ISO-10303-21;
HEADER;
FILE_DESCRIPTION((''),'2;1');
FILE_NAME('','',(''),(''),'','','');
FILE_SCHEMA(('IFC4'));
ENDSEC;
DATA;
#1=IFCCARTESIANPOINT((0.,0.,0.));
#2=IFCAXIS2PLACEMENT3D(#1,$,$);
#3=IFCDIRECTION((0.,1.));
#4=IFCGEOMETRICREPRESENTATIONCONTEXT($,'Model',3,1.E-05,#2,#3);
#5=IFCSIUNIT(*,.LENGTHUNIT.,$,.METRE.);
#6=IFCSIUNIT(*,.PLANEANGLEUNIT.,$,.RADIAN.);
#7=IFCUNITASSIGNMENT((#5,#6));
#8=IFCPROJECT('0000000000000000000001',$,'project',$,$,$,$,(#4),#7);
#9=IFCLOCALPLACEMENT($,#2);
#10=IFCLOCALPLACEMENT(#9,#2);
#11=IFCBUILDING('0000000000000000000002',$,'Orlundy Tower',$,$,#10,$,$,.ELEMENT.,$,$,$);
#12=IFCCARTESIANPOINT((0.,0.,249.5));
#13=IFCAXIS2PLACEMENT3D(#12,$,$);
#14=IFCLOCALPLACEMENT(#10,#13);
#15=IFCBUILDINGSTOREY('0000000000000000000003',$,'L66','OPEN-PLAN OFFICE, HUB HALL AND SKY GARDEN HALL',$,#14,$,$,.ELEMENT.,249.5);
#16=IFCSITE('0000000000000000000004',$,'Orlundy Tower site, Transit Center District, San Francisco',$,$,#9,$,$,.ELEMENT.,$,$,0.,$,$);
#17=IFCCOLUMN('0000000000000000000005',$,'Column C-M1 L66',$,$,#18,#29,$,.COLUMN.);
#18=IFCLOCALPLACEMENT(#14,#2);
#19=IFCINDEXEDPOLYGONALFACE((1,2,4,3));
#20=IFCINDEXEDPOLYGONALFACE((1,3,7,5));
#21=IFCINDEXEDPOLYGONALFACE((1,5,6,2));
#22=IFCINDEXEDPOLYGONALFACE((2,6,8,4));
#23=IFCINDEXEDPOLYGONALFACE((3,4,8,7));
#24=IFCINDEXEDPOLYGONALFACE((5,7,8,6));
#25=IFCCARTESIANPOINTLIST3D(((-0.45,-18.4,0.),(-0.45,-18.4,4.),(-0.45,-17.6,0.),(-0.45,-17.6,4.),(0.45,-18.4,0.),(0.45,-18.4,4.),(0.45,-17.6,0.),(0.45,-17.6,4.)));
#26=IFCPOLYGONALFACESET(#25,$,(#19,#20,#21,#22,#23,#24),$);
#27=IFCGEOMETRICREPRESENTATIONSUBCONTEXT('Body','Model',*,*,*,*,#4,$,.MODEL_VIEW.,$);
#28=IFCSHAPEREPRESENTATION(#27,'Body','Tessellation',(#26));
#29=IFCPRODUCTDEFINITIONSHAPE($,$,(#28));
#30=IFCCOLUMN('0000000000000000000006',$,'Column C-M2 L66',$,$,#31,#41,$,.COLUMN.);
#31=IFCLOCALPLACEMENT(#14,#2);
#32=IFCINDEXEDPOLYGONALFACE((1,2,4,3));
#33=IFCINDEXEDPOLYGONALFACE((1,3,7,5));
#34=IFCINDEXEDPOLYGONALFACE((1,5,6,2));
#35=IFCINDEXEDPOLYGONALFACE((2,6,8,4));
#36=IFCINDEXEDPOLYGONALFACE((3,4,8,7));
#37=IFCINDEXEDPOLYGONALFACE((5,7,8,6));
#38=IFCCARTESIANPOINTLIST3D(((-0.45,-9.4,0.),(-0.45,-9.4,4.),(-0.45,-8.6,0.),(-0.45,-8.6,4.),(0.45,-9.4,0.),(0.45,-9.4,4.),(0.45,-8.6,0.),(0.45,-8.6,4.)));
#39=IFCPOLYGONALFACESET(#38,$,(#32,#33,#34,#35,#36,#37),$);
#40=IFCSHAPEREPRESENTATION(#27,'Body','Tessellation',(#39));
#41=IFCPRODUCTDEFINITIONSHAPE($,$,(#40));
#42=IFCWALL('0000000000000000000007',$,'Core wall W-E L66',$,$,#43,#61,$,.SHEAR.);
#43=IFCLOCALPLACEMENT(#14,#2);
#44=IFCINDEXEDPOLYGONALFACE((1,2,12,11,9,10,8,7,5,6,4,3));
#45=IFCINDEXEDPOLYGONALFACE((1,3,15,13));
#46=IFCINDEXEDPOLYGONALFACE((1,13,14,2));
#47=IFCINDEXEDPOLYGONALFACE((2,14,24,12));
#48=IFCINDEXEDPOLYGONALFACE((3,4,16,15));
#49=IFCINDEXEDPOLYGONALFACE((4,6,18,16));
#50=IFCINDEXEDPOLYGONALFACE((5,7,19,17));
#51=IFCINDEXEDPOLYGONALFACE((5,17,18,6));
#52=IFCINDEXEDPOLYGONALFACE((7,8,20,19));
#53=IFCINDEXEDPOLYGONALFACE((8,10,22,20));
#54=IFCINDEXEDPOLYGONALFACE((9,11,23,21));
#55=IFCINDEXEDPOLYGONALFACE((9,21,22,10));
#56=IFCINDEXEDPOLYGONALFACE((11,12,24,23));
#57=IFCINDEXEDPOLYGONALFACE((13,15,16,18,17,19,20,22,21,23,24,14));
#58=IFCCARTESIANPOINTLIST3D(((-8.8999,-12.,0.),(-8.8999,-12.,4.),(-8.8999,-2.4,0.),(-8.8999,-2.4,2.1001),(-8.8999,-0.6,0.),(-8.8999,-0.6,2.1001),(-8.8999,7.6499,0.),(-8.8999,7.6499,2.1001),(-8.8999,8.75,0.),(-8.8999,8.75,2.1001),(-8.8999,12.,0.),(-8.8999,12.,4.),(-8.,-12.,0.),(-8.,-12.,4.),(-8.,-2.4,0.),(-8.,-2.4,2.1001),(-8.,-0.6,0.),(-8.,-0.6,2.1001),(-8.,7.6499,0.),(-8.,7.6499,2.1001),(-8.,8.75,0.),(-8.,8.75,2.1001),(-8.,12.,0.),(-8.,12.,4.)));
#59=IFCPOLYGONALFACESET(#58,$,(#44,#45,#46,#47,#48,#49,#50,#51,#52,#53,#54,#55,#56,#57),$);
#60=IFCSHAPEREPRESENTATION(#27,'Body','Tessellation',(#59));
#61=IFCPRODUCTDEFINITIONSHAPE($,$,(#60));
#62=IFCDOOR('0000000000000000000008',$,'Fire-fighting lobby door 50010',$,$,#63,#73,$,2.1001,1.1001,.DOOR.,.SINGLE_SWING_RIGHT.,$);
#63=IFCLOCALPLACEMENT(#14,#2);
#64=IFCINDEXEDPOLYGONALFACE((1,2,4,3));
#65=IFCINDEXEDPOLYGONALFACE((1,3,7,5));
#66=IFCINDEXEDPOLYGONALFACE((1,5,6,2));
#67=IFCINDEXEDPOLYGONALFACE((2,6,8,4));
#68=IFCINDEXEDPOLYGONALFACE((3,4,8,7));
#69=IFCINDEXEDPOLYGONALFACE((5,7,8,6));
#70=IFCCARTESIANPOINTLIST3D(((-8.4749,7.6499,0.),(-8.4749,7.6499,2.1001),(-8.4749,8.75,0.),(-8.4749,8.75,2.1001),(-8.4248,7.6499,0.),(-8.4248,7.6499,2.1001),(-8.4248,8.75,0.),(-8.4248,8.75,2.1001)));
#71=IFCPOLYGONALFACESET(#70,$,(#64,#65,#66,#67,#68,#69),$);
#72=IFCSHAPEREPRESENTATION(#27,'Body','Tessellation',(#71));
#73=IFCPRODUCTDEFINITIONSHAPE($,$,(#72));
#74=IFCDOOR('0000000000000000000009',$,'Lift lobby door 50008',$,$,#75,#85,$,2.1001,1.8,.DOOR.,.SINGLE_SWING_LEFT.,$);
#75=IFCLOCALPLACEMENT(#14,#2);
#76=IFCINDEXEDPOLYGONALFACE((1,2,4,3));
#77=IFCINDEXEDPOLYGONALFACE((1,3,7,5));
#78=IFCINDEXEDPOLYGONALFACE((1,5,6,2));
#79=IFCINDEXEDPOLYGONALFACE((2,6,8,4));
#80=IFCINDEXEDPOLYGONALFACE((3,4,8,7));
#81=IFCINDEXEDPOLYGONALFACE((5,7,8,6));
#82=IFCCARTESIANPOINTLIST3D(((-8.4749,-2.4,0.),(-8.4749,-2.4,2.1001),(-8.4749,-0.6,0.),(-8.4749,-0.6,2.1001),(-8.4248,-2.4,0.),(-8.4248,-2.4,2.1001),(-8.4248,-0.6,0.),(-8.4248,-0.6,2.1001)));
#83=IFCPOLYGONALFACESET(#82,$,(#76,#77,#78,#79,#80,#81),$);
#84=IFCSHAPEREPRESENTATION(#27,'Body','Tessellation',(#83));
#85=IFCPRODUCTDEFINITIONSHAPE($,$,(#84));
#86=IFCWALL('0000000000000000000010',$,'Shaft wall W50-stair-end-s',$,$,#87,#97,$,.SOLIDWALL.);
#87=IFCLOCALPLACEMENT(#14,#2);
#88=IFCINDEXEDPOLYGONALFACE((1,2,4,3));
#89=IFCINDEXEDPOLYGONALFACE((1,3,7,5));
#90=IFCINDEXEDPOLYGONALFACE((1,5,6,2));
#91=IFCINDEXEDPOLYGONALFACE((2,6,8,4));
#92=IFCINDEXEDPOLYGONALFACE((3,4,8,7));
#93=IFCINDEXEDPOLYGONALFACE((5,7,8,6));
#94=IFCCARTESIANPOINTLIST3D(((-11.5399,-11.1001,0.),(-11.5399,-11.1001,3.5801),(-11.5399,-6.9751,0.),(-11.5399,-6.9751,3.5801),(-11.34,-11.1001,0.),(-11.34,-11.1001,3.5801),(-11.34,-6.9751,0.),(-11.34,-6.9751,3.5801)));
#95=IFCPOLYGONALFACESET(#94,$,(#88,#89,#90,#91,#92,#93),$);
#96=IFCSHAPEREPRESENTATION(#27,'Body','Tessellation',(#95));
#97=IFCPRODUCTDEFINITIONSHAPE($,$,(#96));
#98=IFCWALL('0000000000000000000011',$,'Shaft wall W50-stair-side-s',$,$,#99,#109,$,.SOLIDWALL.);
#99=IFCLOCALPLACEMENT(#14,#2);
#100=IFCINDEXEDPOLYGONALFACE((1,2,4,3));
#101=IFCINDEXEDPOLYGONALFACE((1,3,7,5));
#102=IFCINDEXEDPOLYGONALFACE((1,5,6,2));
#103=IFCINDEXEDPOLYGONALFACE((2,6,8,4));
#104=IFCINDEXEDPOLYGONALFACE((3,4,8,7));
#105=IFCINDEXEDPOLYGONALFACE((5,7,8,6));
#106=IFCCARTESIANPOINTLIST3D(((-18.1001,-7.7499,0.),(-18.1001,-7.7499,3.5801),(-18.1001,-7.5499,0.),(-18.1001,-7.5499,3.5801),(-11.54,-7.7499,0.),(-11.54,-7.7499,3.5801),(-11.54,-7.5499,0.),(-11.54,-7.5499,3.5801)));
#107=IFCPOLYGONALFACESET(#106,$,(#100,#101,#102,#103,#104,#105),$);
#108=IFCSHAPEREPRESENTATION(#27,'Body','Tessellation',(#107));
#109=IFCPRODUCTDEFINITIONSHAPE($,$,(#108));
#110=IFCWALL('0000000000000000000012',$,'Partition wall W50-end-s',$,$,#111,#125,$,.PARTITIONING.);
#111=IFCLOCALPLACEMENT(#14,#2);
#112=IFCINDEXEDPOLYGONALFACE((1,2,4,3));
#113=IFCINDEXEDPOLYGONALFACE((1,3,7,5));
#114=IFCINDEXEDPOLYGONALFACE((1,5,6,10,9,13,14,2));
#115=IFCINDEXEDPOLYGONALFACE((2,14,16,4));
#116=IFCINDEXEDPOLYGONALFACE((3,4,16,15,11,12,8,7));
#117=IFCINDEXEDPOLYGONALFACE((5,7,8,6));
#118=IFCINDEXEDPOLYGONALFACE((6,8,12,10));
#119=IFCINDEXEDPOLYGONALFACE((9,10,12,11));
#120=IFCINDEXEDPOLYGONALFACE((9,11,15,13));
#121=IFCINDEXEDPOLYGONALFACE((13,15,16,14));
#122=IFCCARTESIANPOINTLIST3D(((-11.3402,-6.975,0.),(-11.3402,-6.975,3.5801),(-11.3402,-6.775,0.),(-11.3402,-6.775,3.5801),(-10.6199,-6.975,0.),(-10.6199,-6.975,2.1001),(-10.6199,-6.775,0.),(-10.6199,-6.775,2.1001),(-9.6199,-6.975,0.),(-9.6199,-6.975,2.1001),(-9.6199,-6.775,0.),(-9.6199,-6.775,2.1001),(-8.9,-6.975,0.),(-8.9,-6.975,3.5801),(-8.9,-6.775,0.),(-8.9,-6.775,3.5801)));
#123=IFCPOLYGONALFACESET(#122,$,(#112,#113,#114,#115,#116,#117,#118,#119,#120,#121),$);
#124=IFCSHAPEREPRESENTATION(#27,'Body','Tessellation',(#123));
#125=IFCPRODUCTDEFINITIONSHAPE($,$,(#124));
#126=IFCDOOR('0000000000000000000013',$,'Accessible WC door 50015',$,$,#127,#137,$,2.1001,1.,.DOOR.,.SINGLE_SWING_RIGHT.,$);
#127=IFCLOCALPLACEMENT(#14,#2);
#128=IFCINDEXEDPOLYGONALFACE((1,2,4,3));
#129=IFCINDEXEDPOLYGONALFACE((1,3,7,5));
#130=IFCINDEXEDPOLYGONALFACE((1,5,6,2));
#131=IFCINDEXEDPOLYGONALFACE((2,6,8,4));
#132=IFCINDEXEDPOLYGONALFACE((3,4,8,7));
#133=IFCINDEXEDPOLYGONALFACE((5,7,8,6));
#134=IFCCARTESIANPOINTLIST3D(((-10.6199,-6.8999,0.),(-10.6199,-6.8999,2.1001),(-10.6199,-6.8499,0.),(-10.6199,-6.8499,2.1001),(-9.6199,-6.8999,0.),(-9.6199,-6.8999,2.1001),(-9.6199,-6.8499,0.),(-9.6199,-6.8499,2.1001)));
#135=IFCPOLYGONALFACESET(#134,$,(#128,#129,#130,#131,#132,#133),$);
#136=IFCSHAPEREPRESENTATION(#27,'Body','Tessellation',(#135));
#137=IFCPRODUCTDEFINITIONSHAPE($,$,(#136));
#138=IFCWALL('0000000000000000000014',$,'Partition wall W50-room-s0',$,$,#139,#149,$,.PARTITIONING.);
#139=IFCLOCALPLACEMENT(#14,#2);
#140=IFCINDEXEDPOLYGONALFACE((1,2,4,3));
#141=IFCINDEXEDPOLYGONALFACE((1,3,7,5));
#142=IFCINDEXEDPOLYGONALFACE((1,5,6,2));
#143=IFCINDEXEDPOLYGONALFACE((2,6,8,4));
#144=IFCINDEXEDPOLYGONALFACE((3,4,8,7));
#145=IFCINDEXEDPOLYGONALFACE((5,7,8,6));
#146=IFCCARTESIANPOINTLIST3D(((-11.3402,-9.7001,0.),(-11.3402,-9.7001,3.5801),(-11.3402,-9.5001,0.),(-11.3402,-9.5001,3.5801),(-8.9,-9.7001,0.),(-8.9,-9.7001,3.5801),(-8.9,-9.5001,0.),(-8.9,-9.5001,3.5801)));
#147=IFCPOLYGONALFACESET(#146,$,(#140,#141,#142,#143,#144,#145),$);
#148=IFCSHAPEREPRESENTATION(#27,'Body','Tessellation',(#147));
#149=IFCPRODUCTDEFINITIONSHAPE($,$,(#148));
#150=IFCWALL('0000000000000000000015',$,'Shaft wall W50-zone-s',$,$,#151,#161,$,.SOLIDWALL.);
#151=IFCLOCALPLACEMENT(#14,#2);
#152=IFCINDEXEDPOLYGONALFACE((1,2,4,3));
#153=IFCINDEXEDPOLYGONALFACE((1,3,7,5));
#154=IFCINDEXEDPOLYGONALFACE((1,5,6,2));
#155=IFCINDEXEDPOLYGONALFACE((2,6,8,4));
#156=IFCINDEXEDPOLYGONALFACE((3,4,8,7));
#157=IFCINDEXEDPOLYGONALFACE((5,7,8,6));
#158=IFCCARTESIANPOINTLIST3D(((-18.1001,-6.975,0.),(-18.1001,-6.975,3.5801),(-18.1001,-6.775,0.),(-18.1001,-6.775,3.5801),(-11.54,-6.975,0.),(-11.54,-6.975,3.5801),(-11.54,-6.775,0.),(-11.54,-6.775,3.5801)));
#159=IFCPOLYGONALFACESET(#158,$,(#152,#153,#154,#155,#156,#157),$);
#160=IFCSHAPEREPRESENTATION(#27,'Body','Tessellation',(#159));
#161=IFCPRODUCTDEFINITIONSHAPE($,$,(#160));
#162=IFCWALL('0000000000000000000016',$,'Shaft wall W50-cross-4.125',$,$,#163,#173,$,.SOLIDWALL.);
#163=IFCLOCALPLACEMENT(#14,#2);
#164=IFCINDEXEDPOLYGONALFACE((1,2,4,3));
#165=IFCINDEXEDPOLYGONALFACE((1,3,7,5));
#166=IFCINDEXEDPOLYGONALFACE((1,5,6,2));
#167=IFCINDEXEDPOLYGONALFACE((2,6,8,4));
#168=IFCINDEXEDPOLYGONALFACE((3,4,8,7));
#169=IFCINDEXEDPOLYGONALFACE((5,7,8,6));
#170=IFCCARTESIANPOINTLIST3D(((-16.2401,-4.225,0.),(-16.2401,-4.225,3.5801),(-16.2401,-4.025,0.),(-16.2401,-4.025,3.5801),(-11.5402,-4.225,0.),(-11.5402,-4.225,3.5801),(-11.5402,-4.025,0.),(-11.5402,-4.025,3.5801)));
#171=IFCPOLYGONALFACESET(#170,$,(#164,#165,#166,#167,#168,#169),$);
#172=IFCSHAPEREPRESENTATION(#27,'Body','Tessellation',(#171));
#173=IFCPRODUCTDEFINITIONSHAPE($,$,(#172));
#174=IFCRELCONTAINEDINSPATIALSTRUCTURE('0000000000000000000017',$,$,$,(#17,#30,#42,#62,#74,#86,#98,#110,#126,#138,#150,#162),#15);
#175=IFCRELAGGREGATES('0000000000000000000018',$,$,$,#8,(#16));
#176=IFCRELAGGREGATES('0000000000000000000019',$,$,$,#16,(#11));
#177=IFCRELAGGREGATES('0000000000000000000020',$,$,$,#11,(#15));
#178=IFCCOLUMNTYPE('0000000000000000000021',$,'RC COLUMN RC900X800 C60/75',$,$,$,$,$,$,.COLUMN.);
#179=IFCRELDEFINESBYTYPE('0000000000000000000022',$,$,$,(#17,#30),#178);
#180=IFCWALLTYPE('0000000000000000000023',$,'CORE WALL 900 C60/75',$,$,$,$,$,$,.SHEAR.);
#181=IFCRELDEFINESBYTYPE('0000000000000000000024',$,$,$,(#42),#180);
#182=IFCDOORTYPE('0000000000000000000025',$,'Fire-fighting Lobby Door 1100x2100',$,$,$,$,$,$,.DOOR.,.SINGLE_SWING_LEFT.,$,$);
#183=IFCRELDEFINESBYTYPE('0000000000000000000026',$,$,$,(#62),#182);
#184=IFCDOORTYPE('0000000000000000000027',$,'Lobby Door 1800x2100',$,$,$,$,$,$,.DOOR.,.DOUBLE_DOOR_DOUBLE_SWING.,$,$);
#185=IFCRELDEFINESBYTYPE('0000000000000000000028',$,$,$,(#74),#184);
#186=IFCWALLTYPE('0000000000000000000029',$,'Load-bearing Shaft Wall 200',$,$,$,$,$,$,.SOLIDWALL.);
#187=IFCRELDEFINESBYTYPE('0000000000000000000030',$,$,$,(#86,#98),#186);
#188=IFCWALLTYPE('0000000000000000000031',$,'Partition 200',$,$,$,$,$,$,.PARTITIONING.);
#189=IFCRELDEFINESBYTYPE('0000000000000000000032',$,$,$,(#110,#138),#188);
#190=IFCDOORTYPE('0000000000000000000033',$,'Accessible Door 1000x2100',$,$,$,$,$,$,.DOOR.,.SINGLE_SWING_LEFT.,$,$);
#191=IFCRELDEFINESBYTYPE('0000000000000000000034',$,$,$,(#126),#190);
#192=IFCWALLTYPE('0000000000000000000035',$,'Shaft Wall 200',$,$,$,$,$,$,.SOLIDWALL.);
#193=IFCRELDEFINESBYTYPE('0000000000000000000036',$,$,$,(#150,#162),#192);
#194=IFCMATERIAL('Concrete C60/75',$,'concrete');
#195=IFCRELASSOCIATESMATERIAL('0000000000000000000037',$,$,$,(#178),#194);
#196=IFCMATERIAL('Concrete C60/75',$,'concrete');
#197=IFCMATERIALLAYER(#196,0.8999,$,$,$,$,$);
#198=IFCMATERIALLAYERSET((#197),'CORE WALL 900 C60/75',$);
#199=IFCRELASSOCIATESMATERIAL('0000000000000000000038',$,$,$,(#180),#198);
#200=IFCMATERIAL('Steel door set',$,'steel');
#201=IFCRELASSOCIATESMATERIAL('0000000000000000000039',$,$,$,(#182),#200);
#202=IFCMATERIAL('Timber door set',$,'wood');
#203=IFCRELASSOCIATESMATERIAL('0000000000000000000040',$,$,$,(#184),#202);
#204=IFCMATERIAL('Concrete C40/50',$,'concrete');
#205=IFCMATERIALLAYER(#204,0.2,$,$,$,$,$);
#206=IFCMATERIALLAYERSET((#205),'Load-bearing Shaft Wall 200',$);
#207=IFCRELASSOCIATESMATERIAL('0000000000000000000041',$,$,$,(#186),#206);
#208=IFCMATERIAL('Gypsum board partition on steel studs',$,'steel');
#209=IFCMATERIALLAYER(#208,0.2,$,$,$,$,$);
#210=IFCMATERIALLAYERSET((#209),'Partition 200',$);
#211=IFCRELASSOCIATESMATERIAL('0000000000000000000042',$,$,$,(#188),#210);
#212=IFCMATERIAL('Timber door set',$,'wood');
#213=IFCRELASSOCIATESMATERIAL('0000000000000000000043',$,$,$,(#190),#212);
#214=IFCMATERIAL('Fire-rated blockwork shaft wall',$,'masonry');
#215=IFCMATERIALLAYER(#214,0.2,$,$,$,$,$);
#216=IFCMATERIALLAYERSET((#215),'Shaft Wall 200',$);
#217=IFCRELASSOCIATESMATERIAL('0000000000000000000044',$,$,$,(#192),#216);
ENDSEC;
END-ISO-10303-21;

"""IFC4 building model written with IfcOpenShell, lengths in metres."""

from ifc_helpers import new_model, si_unit, direction, frame, frame_2d, origin, origin_2d, place, context, subcontext, project, spatial, rectangle, extrude, material, layer, layer_set, material_profile, profile_set, type_object, element, fill, save


model = new_model("IFC4")

# Units and contexts
model_context = context("Model", 3, precision=1e-05, world=origin(), true_north=direction((0.0, 1.0)))
body_context = subcontext(model_context, "Body", "Model", "MODEL_VIEW")
ifc_project = project(units=[si_unit("LENGTHUNIT", "METRE"), si_unit("PLANEANGLEUNIT", "RADIAN")], contexts=[model_context])

# Site, building, storey
site_placement = place(None, origin())
site = spatial("IfcSite", under=ifc_project, at=site_placement, Name="Orlundy Tower site, Transit Center District, San Francisco", CompositionType="ELEMENT", RefElevation=0.0)
building_placement = place(site_placement, origin())
building = spatial("IfcBuilding", under=site, at=building_placement, Name="Orlundy Tower", CompositionType="ELEMENT")
storey_placement = place(building_placement, frame((0.0, 0.0, 249.5)))
storey = spatial("IfcBuildingStorey", under=building, at=storey_placement, Name="L66", Description="OPEN-PLAN OFFICE, HUB HALL AND SKY GARDEN HALL", CompositionType="ELEMENT", Elevation=249.5)

# Columns
ifc_material_1 = material(Name="Concrete C60/75", Category="concrete")
ifc_material_profile = material_profile(ifc_material_1, rectangle(XDim=0.8999, YDim=0.8, at=origin_2d()), Name="RC900X800")
ifc_profile_set = profile_set([ifc_material_profile], Name="Concrete C60/75")
column_type = type_object("IfcColumnType", Name="RC COLUMN RC900X800 C60/75", PredefinedType="COLUMN", material=ifc_profile_set)
for number, where, z_axis, x_axis, name in (
    (1, (0.0, -18.0, 0.0), (0.0, 0.0, 1.0), (1.0, 0.0, 0.0), "Column C-M1 L66"),
    (2, (0.0, -9.0, 0.0), (0.0, 0.0, 1.0), (1.0, 0.0, 0.0), "Column C-M2 L66"),
):
    element("IfcColumn", number, at=place(storey_placement, frame(where, z_axis=z_axis, x_axis=x_axis)), inside=storey, type_object=column_type, Name=name, PredefinedType="COLUMN", context=body_context, shape_type="SweptSolid", body=[
        extrude(rectangle(XDim=0.8999, YDim=0.8, at=origin_2d()), origin(), (0.0, 0.0, 1.0), 4.0),
    ])

# Wall, openings, doors
ifc_material_2 = material(Name="Concrete C60/75", Category="concrete")
ifc_layer_1 = layer(ifc_material_2, 0.8999)
ifc_layer_set_1 = layer_set([ifc_layer_1], Name="CORE WALL 900 C60/75")
wall_type_1 = type_object("IfcWallType", Name="CORE WALL 900 C60/75", PredefinedType="SHEAR", material=ifc_layer_set_1)
wall_1_placement = place(storey_placement, frame((-8.45, -12.0, 0.0), z_axis=(0.0, 0.0, 1.0), x_axis=(0.0, 1.0, 0.0)))
wall_1 = element("IfcWall", 3, at=wall_1_placement, inside=storey, type_object=wall_type_1, Name="Core wall W-E L66", PredefinedType="SHEAR", context=body_context, shape_type="SweptSolid", body=[
    extrude(rectangle(XDim=24.0, YDim=0.8999, at=frame_2d((12.0, 0.0))), origin(), (0.0, 0.0, 1.0), 4.0),
])
opening_1_placement = place(wall_1_placement, frame((9.6001, 0.0, 0.0)))
opening_1 = element("IfcOpeningElement", 4, at=opening_1_placement, cuts=wall_1, PredefinedType="OPENING", context=body_context, shape_type="SweptSolid", body=[
    extrude(rectangle(XDim=1.8, YDim=2.1001, at=frame_2d((0.8999, 1.05))), frame((0.0, 0.46, 0.0), z_axis=(0.0, -1.0, 0.0), x_axis=(1.0, 0.0, 0.0)), (0.0, 0.0, 1.0), 0.9199),
])
opening_2_placement = place(wall_1_placement, frame((19.6499, 0.0, 0.0)))
opening_2 = element("IfcOpeningElement", 5, at=opening_2_placement, cuts=wall_1, PredefinedType="OPENING", context=body_context, shape_type="SweptSolid", body=[
    extrude(rectangle(XDim=1.1001, YDim=2.1001, at=frame_2d((0.55, 1.05))), frame((0.0, 0.46, 0.0), z_axis=(0.0, -1.0, 0.0), x_axis=(1.0, 0.0, 0.0)), (0.0, 0.0, 1.0), 0.9199),
])
ifc_material_3 = material(Name="Steel door set", Category="steel")
door_type_1 = type_object("IfcDoorType", Name="Fire-fighting Lobby Door 1100x2100", OperationType="SINGLE_SWING_LEFT", PredefinedType="DOOR", material=ifc_material_3)
door_1_placement = place(opening_2_placement, origin())
door_1 = element("IfcDoor", 6, at=door_1_placement, inside=storey, type_object=door_type_1, Name="Fire-fighting lobby door 50010", OperationType="SINGLE_SWING_RIGHT", OverallHeight=2.1001, OverallWidth=1.1001, PredefinedType="DOOR", context=body_context, shape_type="SweptSolid", body=[
    extrude(rectangle(XDim=1.1001, YDim=2.1001, at=frame_2d((0.55, 1.05))), frame((0.0, 0.0249, 0.0), z_axis=(0.0, -1.0, 0.0), x_axis=(1.0, 0.0, 0.0)), (0.0, 0.0, 1.0), 0.05),
])
fill(opening_2, door_1)
ifc_material_4 = material(Name="Timber door set", Category="wood")
door_type_2 = type_object("IfcDoorType", Name="Lobby Door 1800x2100", OperationType="DOUBLE_DOOR_DOUBLE_SWING", PredefinedType="DOOR", material=ifc_material_4)
door_2_placement = place(opening_1_placement, origin())
door_2 = element("IfcDoor", 7, at=door_2_placement, inside=storey, type_object=door_type_2, Name="Lift lobby door 50008", OperationType="SINGLE_SWING_LEFT", OverallHeight=2.1001, OverallWidth=1.8, PredefinedType="DOOR", context=body_context, shape_type="SweptSolid", body=[
    extrude(rectangle(XDim=1.8, YDim=2.1001, at=frame_2d((0.8999, 1.05))), frame((0.0, 0.0249, 0.0), z_axis=(0.0, -1.0, 0.0), x_axis=(1.0, 0.0, 0.0)), (0.0, 0.0, 1.0), 0.05),
])
fill(opening_1, door_2)

# Walls
ifc_material_5 = material(Name="Concrete C40/50", Category="concrete")
ifc_layer_2 = layer(ifc_material_5, 0.2)
ifc_layer_set_2 = layer_set([ifc_layer_2], Name="Load-bearing Shaft Wall 200")
wall_type_2 = type_object("IfcWallType", Name="Load-bearing Shaft Wall 200", PredefinedType="SOLIDWALL", material=ifc_layer_set_2)
wall_2_placement = place(storey_placement, frame((-11.4399, -11.1001, 0.0), z_axis=(0.0, 0.0, 1.0), x_axis=(0.0, 1.0, 0.0)))
element("IfcWall", 8, at=wall_2_placement, inside=storey, type_object=wall_type_2, Name="Shaft wall W50-stair-end-s", PredefinedType="SOLIDWALL", context=body_context, shape_type="SweptSolid", body=[
    extrude(rectangle(XDim=4.125, YDim=0.2, at=frame_2d((2.0625, 0.0))), origin(), (0.0, 0.0, 1.0), 3.5801),
])
wall_3_placement = place(storey_placement, frame((-11.54, -7.6499, 0.0), z_axis=(0.0, 0.0, 1.0), x_axis=(-1.0, 0.0, 0.0)))
element("IfcWall", 9, at=wall_3_placement, inside=storey, type_object=wall_type_2, Name="Shaft wall W50-stair-side-s", PredefinedType="SOLIDWALL", context=body_context, shape_type="SweptSolid", body=[
    extrude(rectangle(XDim=6.5601, YDim=0.2, at=frame_2d((3.28, 0.0))), origin(), (0.0, 0.0, 1.0), 3.5801),
])

# Wall, opening, door
ifc_material_6 = material(Name="Gypsum board partition on steel studs", Category="steel")
ifc_layer_3 = layer(ifc_material_6, 0.2)
ifc_layer_set_3 = layer_set([ifc_layer_3], Name="Partition 200")
wall_type_3 = type_object("IfcWallType", Name="Partition 200", PredefinedType="PARTITIONING", material=ifc_layer_set_3)
wall_4_placement = place(storey_placement, frame((-8.8999, -6.875, 0.0), z_axis=(0.0, 0.0, 1.0), x_axis=(-1.0, 0.0, 0.0)))
wall_4 = element("IfcWall", 10, at=wall_4_placement, inside=storey, type_object=wall_type_3, Name="Partition wall W50-end-s", PredefinedType="PARTITIONING", context=body_context, shape_type="SweptSolid", body=[
    extrude(rectangle(XDim=2.4402, YDim=0.2, at=frame_2d((1.2202, 0.0))), origin(), (0.0, 0.0, 1.0), 3.5801),
])
opening_3_placement = place(wall_4_placement, frame((0.72, 0.0, 0.0)))
opening_3 = element("IfcOpeningElement", 11, at=opening_3_placement, cuts=wall_4, PredefinedType="OPENING", context=body_context, shape_type="SweptSolid", body=[
    extrude(rectangle(XDim=1.0, YDim=2.1001, at=frame_2d((0.5, 1.05))), frame((0.0, 0.1101, 0.0), z_axis=(0.0, -1.0, 0.0), x_axis=(1.0, 0.0, 0.0)), (0.0, 0.0, 1.0), 0.2202),
])
ifc_material_7 = material(Name="Timber door set", Category="wood")
door_type_3 = type_object("IfcDoorType", Name="Accessible Door 1000x2100", OperationType="SINGLE_SWING_LEFT", PredefinedType="DOOR", material=ifc_material_7)
door_3_placement = place(opening_3_placement, origin())
door_3 = element("IfcDoor", 12, at=door_3_placement, inside=storey, type_object=door_type_3, Name="Accessible WC door 50015", OperationType="SINGLE_SWING_RIGHT", OverallHeight=2.1001, OverallWidth=1.0, PredefinedType="DOOR", context=body_context, shape_type="SweptSolid", body=[
    extrude(rectangle(XDim=1.0, YDim=2.1001, at=frame_2d((0.5, 1.05))), frame((0.0, 0.0249, 0.0), z_axis=(0.0, -1.0, 0.0), x_axis=(1.0, 0.0, 0.0)), (0.0, 0.0, 1.0), 0.05),
])
fill(opening_3, door_3)

# Walls
wall_5_placement = place(storey_placement, frame((-8.8999, -9.6001, 0.0), z_axis=(0.0, 0.0, 1.0), x_axis=(-1.0, 0.0, 0.0)))
element("IfcWall", 13, at=wall_5_placement, inside=storey, type_object=wall_type_3, Name="Partition wall W50-room-s0", PredefinedType="PARTITIONING", context=body_context, shape_type="SweptSolid", body=[
    extrude(rectangle(XDim=2.4402, YDim=0.2, at=frame_2d((1.2202, 0.0))), origin(), (0.0, 0.0, 1.0), 3.5801),
])
ifc_material_8 = material(Name="Fire-rated blockwork shaft wall", Category="masonry")
ifc_layer_4 = layer(ifc_material_8, 0.2)
ifc_layer_set_4 = layer_set([ifc_layer_4], Name="Shaft Wall 200")
wall_type_4 = type_object("IfcWallType", Name="Shaft Wall 200", PredefinedType="SOLIDWALL", material=ifc_layer_set_4)
wall_6_placement = place(storey_placement, frame((-11.54, -6.875, 0.0), z_axis=(0.0, 0.0, 1.0), x_axis=(-1.0, 0.0, 0.0)))
element("IfcWall", 14, at=wall_6_placement, inside=storey, type_object=wall_type_4, Name="Shaft wall W50-zone-s", PredefinedType="SOLIDWALL", context=body_context, shape_type="SweptSolid", body=[
    extrude(rectangle(XDim=6.5601, YDim=0.2, at=frame_2d((3.28, 0.0))), origin(), (0.0, 0.0, 1.0), 3.5801),
])
wall_7_placement = place(storey_placement, frame((-11.54, -4.125, 0.0), z_axis=(0.0, 0.0, 1.0), x_axis=(-1.0, 0.0, 0.0)))
element("IfcWall", 15, at=wall_7_placement, inside=storey, type_object=wall_type_4, Name="Shaft wall W50-cross-4.125", PredefinedType="SOLIDWALL", context=body_context, shape_type="SweptSolid", body=[
    extrude(rectangle(XDim=4.7, YDim=0.2, at=frame_2d((2.3501, 0.0))), origin(), (0.0, 0.0, 1.0), 3.5801),
])

save(model, "model.ifc")
